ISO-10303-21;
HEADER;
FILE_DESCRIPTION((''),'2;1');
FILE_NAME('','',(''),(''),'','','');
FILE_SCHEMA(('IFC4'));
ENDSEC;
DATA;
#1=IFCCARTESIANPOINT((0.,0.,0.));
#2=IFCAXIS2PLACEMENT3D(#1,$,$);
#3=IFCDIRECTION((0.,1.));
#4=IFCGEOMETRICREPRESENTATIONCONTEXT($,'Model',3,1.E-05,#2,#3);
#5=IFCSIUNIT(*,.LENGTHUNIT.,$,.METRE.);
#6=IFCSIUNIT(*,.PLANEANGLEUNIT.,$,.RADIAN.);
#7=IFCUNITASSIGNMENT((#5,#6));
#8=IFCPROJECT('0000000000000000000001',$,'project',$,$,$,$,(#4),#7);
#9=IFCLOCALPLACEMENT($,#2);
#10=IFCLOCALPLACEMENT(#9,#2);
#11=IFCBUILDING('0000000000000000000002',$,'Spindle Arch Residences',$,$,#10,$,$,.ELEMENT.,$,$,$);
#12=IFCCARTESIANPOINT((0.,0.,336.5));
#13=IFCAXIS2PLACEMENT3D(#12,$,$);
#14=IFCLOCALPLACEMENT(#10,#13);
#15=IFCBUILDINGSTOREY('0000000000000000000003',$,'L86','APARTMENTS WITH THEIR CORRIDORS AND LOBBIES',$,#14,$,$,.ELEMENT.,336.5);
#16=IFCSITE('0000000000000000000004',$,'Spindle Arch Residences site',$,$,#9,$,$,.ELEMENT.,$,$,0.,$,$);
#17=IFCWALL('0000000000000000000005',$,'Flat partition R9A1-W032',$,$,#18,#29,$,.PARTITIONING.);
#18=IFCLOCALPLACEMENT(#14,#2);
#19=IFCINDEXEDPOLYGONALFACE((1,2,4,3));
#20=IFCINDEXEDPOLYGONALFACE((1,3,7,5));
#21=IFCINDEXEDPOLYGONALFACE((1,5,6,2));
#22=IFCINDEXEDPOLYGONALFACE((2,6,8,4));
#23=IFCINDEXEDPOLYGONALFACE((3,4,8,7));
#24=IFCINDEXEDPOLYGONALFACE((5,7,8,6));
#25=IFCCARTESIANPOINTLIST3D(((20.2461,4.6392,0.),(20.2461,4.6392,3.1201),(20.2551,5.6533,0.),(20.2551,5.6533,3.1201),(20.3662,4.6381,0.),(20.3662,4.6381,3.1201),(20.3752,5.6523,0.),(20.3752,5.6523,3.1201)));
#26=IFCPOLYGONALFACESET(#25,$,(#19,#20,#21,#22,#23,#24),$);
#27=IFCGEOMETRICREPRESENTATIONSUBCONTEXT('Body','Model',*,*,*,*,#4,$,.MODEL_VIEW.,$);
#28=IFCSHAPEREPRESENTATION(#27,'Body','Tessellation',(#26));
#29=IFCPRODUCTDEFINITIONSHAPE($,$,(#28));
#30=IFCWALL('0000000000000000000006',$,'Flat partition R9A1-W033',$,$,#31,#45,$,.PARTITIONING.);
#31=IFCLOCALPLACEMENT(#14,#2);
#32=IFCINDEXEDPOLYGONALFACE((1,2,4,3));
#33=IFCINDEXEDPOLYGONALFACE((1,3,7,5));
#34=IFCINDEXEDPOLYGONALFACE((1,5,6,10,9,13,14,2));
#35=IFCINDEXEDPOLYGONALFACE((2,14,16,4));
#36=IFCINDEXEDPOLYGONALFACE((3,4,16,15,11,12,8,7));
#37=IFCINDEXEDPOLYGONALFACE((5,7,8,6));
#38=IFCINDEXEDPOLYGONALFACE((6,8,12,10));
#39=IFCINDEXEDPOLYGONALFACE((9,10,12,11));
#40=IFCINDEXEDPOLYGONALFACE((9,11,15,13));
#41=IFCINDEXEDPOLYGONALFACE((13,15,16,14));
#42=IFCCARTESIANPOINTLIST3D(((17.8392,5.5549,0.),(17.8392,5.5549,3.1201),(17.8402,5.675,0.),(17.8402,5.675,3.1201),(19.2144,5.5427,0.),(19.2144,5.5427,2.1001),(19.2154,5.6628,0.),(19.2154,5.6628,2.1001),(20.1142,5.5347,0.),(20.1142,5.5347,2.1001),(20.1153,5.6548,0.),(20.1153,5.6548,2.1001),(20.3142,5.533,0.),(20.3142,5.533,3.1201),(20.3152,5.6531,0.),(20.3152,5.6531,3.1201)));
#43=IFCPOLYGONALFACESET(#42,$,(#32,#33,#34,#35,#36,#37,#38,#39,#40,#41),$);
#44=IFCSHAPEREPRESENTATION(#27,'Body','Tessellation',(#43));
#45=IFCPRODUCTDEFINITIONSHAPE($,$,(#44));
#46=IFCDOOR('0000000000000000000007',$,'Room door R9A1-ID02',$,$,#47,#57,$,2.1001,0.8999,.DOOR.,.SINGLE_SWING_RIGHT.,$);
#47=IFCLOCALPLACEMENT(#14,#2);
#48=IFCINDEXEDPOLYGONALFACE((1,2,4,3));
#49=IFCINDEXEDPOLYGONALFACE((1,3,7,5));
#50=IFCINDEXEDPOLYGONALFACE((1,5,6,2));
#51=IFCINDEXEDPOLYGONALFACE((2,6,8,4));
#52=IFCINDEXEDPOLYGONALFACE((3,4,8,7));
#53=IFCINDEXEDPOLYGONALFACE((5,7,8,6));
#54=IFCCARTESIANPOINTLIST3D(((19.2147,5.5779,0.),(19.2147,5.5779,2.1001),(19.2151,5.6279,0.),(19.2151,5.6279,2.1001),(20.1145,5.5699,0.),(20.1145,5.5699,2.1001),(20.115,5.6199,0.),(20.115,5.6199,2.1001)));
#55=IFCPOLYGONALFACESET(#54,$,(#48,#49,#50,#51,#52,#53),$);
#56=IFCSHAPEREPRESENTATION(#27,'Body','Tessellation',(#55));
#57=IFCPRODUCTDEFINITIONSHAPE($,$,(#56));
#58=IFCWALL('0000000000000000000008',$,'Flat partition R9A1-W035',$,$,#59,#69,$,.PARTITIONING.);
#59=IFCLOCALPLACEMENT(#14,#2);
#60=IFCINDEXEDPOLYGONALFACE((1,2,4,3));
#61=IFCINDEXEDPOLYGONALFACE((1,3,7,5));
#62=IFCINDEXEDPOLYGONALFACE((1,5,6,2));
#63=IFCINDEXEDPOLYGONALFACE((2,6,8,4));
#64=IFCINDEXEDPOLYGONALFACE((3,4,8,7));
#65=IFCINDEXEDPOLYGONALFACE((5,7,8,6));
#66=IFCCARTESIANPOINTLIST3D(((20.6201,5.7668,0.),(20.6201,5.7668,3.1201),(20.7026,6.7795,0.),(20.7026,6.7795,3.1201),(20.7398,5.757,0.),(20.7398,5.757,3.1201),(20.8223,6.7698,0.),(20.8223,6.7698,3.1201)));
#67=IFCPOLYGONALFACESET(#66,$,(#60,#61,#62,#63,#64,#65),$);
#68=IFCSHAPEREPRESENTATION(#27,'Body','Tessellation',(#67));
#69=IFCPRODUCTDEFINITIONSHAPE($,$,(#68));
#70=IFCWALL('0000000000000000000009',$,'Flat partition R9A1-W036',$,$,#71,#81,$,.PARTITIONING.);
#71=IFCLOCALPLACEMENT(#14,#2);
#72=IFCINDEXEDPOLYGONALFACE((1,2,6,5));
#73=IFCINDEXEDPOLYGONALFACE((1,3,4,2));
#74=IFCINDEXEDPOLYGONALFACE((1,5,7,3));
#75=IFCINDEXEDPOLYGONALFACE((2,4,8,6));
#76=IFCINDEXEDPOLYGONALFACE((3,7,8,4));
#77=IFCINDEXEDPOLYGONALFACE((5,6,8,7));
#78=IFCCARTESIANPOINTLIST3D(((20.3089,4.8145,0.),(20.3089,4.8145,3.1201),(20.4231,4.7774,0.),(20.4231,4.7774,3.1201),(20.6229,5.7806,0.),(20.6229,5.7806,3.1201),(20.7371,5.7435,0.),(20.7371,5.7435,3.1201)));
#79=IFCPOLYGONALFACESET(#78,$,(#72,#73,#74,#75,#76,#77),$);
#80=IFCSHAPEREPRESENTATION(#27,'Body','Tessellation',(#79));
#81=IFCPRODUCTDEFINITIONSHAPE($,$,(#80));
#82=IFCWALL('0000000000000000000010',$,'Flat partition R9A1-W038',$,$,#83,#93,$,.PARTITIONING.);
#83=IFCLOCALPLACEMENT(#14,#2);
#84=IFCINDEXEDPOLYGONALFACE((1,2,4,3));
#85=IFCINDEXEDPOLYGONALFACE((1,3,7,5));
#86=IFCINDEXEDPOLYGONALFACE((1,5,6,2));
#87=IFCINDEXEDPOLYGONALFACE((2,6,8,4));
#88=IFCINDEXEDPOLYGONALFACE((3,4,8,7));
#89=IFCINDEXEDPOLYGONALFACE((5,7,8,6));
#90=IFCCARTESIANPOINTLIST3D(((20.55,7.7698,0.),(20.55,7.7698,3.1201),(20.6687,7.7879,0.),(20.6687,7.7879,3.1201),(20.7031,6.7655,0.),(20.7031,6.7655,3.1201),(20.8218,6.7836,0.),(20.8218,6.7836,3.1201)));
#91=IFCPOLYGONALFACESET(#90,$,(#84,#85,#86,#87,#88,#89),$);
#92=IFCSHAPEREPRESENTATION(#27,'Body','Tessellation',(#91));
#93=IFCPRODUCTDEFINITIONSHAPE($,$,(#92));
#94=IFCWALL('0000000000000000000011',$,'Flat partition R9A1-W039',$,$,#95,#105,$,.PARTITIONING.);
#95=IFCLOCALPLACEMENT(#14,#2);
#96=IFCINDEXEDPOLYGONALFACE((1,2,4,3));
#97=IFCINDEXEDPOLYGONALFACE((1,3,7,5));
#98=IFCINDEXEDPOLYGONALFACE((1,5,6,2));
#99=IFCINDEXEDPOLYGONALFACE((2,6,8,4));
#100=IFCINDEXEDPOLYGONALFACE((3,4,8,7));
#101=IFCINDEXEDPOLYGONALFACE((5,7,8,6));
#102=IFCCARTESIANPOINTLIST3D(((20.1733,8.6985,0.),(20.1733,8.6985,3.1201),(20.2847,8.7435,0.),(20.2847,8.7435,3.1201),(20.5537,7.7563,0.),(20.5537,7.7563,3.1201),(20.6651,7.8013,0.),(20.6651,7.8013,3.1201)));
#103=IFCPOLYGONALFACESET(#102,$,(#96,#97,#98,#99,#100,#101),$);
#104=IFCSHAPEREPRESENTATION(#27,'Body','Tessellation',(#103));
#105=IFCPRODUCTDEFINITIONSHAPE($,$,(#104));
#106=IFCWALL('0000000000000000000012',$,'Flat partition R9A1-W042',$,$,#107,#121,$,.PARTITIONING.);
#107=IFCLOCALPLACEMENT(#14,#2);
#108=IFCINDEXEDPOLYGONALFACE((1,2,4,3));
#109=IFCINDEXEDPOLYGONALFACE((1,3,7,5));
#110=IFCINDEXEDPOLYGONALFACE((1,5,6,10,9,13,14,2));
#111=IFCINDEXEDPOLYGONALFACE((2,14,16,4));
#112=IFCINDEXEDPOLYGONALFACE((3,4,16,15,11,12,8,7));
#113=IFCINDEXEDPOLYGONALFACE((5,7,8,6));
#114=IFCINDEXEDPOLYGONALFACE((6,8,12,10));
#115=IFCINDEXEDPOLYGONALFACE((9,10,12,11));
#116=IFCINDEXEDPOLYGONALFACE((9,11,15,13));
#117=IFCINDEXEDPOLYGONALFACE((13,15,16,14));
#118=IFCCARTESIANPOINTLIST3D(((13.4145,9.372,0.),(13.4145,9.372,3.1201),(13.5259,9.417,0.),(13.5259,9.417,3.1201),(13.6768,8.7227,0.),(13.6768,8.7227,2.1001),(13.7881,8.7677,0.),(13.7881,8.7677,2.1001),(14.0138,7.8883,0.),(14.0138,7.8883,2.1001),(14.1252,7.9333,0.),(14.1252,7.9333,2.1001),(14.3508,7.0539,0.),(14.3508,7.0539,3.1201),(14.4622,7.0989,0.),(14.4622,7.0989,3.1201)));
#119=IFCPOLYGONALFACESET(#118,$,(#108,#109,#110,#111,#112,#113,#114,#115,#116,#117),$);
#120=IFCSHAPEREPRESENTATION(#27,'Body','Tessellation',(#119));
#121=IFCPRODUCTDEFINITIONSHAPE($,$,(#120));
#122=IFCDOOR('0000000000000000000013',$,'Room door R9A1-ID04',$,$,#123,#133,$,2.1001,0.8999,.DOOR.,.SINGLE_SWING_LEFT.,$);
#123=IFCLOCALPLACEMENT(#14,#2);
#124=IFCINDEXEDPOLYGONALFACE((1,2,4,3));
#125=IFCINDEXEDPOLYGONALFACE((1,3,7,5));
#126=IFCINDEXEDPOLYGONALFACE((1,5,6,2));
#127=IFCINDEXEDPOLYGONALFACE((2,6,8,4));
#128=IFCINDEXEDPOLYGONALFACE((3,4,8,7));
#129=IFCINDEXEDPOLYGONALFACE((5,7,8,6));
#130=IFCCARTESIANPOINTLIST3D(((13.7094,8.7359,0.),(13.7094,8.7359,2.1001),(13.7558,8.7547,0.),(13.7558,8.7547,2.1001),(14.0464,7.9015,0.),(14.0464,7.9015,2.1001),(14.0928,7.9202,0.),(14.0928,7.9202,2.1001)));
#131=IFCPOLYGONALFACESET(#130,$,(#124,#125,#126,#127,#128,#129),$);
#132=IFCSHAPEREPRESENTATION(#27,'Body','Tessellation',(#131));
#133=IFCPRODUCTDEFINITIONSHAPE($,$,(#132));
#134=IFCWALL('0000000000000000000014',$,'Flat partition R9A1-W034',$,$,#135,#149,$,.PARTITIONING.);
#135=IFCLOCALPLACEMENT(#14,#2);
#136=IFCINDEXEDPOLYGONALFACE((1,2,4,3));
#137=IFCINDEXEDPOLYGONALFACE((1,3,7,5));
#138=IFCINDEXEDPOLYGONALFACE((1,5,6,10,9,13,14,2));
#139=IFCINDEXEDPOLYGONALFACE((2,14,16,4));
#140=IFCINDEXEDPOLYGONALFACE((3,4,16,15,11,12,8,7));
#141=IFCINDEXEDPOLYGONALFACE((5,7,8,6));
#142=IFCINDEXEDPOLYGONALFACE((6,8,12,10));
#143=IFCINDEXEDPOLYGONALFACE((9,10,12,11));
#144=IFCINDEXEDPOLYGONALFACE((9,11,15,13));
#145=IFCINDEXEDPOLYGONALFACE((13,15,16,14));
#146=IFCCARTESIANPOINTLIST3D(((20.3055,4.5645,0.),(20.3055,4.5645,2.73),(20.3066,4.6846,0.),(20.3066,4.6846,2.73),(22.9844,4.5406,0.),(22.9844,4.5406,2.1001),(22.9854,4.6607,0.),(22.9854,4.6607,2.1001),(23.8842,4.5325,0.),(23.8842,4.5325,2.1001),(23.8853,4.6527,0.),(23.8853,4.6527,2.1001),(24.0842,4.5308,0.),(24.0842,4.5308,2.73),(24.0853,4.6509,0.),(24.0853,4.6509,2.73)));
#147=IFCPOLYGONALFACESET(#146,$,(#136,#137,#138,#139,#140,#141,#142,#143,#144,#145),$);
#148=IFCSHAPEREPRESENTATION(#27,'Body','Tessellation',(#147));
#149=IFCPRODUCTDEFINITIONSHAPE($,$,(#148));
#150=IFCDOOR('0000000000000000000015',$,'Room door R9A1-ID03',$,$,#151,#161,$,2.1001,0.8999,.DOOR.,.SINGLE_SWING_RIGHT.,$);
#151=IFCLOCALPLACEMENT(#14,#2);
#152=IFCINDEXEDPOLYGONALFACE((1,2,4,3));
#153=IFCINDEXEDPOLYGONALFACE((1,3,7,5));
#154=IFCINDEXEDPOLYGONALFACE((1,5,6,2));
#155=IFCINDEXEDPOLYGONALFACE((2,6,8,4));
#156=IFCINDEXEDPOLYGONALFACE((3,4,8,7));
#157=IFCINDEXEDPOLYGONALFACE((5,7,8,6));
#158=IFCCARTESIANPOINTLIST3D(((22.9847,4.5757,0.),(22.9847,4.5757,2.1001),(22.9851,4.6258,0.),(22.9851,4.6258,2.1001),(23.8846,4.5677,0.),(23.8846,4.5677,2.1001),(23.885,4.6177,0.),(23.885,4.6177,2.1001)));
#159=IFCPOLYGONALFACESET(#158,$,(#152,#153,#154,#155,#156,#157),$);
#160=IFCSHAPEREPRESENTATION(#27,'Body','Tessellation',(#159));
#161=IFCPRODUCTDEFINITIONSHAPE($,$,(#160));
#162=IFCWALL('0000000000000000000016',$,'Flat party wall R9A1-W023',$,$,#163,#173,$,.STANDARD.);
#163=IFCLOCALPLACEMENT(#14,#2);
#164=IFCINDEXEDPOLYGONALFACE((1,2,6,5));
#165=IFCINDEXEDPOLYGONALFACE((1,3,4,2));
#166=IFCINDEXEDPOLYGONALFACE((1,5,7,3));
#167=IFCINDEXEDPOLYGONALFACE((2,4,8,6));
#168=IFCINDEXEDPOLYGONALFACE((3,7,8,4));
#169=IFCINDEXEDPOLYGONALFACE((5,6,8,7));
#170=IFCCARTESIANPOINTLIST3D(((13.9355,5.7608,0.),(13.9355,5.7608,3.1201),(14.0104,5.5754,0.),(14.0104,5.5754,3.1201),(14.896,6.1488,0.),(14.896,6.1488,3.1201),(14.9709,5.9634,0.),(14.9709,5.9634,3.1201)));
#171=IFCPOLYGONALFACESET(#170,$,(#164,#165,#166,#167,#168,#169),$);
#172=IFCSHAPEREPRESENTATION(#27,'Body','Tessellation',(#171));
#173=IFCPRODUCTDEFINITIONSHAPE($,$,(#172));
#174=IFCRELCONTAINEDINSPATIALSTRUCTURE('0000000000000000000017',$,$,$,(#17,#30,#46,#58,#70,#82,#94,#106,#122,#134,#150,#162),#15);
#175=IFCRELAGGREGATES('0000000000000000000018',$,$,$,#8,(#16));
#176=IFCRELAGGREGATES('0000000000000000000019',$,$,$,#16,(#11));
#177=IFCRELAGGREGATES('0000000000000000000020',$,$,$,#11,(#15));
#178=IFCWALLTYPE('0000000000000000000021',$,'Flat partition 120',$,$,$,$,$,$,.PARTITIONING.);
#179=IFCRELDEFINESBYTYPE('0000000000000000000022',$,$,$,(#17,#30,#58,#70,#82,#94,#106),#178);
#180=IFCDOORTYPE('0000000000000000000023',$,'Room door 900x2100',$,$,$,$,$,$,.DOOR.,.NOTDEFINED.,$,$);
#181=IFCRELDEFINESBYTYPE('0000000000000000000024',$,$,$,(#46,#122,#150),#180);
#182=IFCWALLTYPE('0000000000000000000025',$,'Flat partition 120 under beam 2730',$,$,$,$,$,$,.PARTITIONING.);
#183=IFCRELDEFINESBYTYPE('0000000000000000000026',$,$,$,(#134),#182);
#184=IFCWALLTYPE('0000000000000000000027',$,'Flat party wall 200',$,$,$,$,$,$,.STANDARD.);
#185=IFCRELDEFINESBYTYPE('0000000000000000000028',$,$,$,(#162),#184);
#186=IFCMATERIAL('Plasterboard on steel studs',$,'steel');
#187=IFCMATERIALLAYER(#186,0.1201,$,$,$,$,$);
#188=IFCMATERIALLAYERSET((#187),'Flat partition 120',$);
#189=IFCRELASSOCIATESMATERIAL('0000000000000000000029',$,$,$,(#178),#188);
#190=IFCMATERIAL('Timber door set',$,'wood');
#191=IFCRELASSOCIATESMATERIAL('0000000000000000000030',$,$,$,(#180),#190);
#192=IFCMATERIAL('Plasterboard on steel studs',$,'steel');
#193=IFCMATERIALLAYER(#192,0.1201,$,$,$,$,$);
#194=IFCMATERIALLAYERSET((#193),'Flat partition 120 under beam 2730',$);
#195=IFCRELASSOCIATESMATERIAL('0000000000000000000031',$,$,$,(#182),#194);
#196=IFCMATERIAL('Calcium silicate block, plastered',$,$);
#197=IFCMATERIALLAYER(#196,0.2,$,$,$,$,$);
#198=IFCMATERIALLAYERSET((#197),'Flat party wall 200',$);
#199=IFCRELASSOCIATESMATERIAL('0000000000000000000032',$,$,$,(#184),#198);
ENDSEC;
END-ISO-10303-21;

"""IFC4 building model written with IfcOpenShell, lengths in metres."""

from ifc_helpers import new_model, si_unit, direction, frame, frame_2d, origin, place, context, subcontext, project, spatial, rectangle, extrude, material, layer, layer_set, type_object, element, fill, save


model = new_model("IFC4")

# Units and contexts
model_context = context("Model", 3, precision=1e-05, world=origin(), true_north=direction((0.0, 1.0)))
body_context = subcontext(model_context, "Body", "Model", "MODEL_VIEW")
ifc_project = project(units=[si_unit("LENGTHUNIT", "METRE"), si_unit("PLANEANGLEUNIT", "RADIAN")], contexts=[model_context])

# Site, building, storey
site_placement = place(None, origin())
site = spatial("IfcSite", under=ifc_project, at=site_placement, Name="Spindle Arch Residences site", CompositionType="ELEMENT", RefElevation=0.0)
building_placement = place(site_placement, origin())
building = spatial("IfcBuilding", under=site, at=building_placement, Name="Spindle Arch Residences", CompositionType="ELEMENT")
storey_placement = place(building_placement, frame((0.0, 0.0, 336.5)))
storey = spatial("IfcBuildingStorey", under=building, at=storey_placement, Name="L86", Description="APARTMENTS WITH THEIR CORRIDORS AND LOBBIES", CompositionType="ELEMENT", Elevation=336.5)

# Shared definitions
ifc_material_1 = material(Name="Plasterboard on steel studs", Category="steel")
ifc_layer_1 = layer(ifc_material_1, 0.1201)
ifc_layer_set_1 = layer_set([ifc_layer_1], Name="Flat partition 120")
wall_type_1 = type_object("IfcWallType", Name="Flat partition 120", PredefinedType="PARTITIONING", material=ifc_layer_set_1)

# Shared definitions
ifc_material_2 = material(Name="Timber door set", Category="wood")
door_type = type_object("IfcDoorType", Name="Room door 900x2100", OperationType="NOTDEFINED", PredefinedType="DOOR", material=ifc_material_2)

# Wall
wall_1_placement = place(storey_placement, frame((20.3062, 4.6387, 0.0), z_axis=(0.0, 0.0, 1.0), x_axis=(0.008907, 0.99996, 0.0)))
element("IfcWall", 1, at=wall_1_placement, inside=storey, type_object=wall_type_1, Name="Flat partition R9A1-W032", PredefinedType="PARTITIONING", context=body_context, shape_type="SweptSolid", body=[
    extrude(rectangle(XDim=1.0142, YDim=0.1201, at=frame_2d((0.5071, 0.0))), origin(), (0.0, 0.0, 1.0), 3.1201),
])

# Wall, opening, door
wall_2_placement = place(storey_placement, frame((20.3147, 5.593, 0.0), z_axis=(0.0, 0.0, 1.0), x_axis=(-0.999961, 0.008877, 0.0)))
wall_2 = element("IfcWall", 2, at=wall_2_placement, inside=storey, type_object=wall_type_1, Name="Flat partition R9A1-W033", PredefinedType="PARTITIONING", context=body_context, shape_type="SweptSolid", body=[
    extrude(rectangle(XDim=2.4751, YDim=0.1201, at=frame_2d((1.2375, 0.0))), origin(), (0.0, 0.0, 1.0), 3.1201),
])
opening_1_placement = place(wall_2_placement, frame((0.2, 0.0, 0.0)))
opening_1 = element("IfcOpeningElement", 3, at=opening_1_placement, cuts=wall_2, PredefinedType="OPENING", context=body_context, shape_type="SweptSolid", body=[
    extrude(rectangle(XDim=0.8999, YDim=2.1001, at=frame_2d((0.45, 1.05))), frame((0.0, 0.0701, 0.0), z_axis=(0.0, -1.0, 0.0), x_axis=(1.0, 0.0, 0.0)), (0.0, 0.0, 1.0), 0.1401),
])
door_1_placement = place(opening_1_placement, origin())
door_1 = element("IfcDoor", 4, at=door_1_placement, inside=storey, type_object=door_type, Name="Room door R9A1-ID02", OperationType="SINGLE_SWING_RIGHT", OverallHeight=2.1001, OverallWidth=0.8999, PredefinedType="DOOR", context=body_context, shape_type="SweptSolid", body=[
    extrude(rectangle(XDim=0.8999, YDim=2.1001, at=frame_2d((0.45, 1.05))), frame((0.0, 0.0249, 0.0), z_axis=(0.0, -1.0, 0.0), x_axis=(1.0, 0.0, 0.0)), (0.0, 0.0, 1.0), 0.05),
])
fill(opening_1, door_1)

# Walls
wall_3_placement = place(storey_placement, frame((20.7625, 6.7747, 0.0), z_axis=(0.0, 0.0, 1.0), x_axis=(-0.081216, -0.996697, 0.0)))
element("IfcWall", 5, at=wall_3_placement, inside=storey, type_object=wall_type_1, Name="Flat partition R9A1-W035", PredefinedType="PARTITIONING", context=body_context, shape_type="SweptSolid", body=[
    extrude(rectangle(XDim=1.0161, YDim=0.1201, at=frame_2d((0.5081, 0.0))), origin(), (0.0, 0.0, 1.0), 3.1201),
])
for number, where, z_axis, x_axis, name in (
    (6, (20.6799, 5.762, 0.0), (0.0, 0.0, 1.0), (-0.309081, -0.951036, 0.0), "Flat partition R9A1-W036"),
    (7, (20.7625, 6.7747, 0.0), (0.0, 0.0, 1.0), (-0.150702, 0.988579, 0.0), "Flat partition R9A1-W038"),
):
    element("IfcWall", number, at=place(storey_placement, frame(where, z_axis=z_axis, x_axis=x_axis)), inside=storey, type_object=wall_type_1, Name=name, PredefinedType="PARTITIONING", context=body_context, shape_type="SweptSolid", body=[
        extrude(rectangle(XDim=1.0159, YDim=0.1201, at=frame_2d((0.5078, 0.0))), origin(), (0.0, 0.0, 1.0), 3.1201),
    ])
wall_4_placement = place(storey_placement, frame((20.6094, 7.7788, 0.0), z_axis=(0.0, 0.0, 1.0), x_axis=(-0.374372, 0.927279, 0.0)))
element("IfcWall", 8, at=wall_4_placement, inside=storey, type_object=wall_type_1, Name="Flat partition R9A1-W039", PredefinedType="PARTITIONING", context=body_context, shape_type="SweptSolid", body=[
    extrude(rectangle(XDim=1.0161, YDim=0.1201, at=frame_2d((0.5081, 0.0))), origin(), (0.0, 0.0, 1.0), 3.1201),
])

# Walls, openings, doors
wall_5_placement = place(storey_placement, frame((14.4065, 7.0764, 0.0), z_axis=(0.0, 0.0, 1.0), x_axis=(-0.374503, 0.927226, 0.0)))
wall_5 = element("IfcWall", 9, at=wall_5_placement, inside=storey, type_object=wall_type_1, Name="Flat partition R9A1-W042", PredefinedType="PARTITIONING", context=body_context, shape_type="SweptSolid", body=[
    extrude(rectangle(XDim=2.5, YDim=0.1201, at=frame_2d((1.25, 0.0))), origin(), (0.0, 0.0, 1.0), 3.1201),
])
opening_2_placement = place(wall_5_placement, frame((0.8999, 0.0, 0.0)))
opening_2 = element("IfcOpeningElement", 10, at=opening_2_placement, cuts=wall_5, PredefinedType="OPENING", context=body_context, shape_type="SweptSolid", body=[
    extrude(rectangle(XDim=0.8999, YDim=2.1001, at=frame_2d((0.45, 1.05))), frame((0.0, 0.0701, 0.0), z_axis=(0.0, -1.0, 0.0), x_axis=(1.0, 0.0, 0.0)), (0.0, 0.0, 1.0), 0.1401),
])
door_2_placement = place(opening_2_placement, origin())
door_2 = element("IfcDoor", 11, at=door_2_placement, inside=storey, type_object=door_type, Name="Room door R9A1-ID04", OperationType="SINGLE_SWING_LEFT", OverallHeight=2.1001, OverallWidth=0.8999, PredefinedType="DOOR", context=body_context, shape_type="SweptSolid", body=[
    extrude(rectangle(XDim=0.8999, YDim=2.1001, at=frame_2d((0.45, 1.05))), frame((0.0, 0.0249, 0.0), z_axis=(0.0, -1.0, 0.0), x_axis=(1.0, 0.0, 0.0)), (0.0, 0.0, 1.0), 0.05),
])
fill(opening_2, door_2)
ifc_material_3 = material(Name="Plasterboard on steel studs", Category="steel")
ifc_layer_2 = layer(ifc_material_3, 0.1201)
ifc_layer_set_2 = layer_set([ifc_layer_2], Name="Flat partition 120 under beam 2730")
wall_type_2 = type_object("IfcWallType", Name="Flat partition 120 under beam 2730", PredefinedType="PARTITIONING", material=ifc_layer_set_2)
wall_6_placement = place(storey_placement, frame((24.0847, 4.5908, 0.0), z_axis=(0.0, 0.0, 1.0), x_axis=(-0.99996, 0.008916, 0.0)))
wall_6 = element("IfcWall", 12, at=wall_6_placement, inside=storey, type_object=wall_type_2, Name="Flat partition R9A1-W034", PredefinedType="PARTITIONING", context=body_context, shape_type="SweptSolid", body=[
    extrude(rectangle(XDim=3.7788, YDim=0.1201, at=frame_2d((1.8894, 0.0))), origin(), (0.0, 0.0, 1.0), 2.73),
])
opening_3_placement = place(wall_6_placement, frame((0.2, 0.0, 0.0)))
opening_3 = element("IfcOpeningElement", 13, at=opening_3_placement, cuts=wall_6, PredefinedType="OPENING", context=body_context, shape_type="SweptSolid", body=[
    extrude(rectangle(XDim=0.8999, YDim=2.1001, at=frame_2d((0.45, 1.05))), frame((0.0, 0.0701, 0.0), z_axis=(0.0, -1.0, 0.0), x_axis=(1.0, 0.0, 0.0)), (0.0, 0.0, 1.0), 0.1401),
])
door_3_placement = place(opening_3_placement, origin())
door_3 = element("IfcDoor", 14, at=door_3_placement, inside=storey, type_object=door_type, Name="Room door R9A1-ID03", OperationType="SINGLE_SWING_RIGHT", OverallHeight=2.1001, OverallWidth=0.8999, PredefinedType="DOOR", context=body_context, shape_type="SweptSolid", body=[
    extrude(rectangle(XDim=0.8999, YDim=2.1001, at=frame_2d((0.45, 1.05))), frame((0.0, 0.0249, 0.0), z_axis=(0.0, -1.0, 0.0), x_axis=(1.0, 0.0, 0.0)), (0.0, 0.0, 1.0), 0.05),
])
fill(opening_3, door_3)

# Wall
ifc_material_4 = material(Name="Calcium silicate block, plastered")
ifc_layer_3 = layer(ifc_material_4, 0.2)
ifc_layer_set_3 = layer_set([ifc_layer_3], Name="Flat party wall 200")
wall_type_3 = type_object("IfcWallType", Name="Flat party wall 200", PredefinedType="STANDARD", material=ifc_layer_set_3)
wall_7_placement = place(storey_placement, frame((14.9336, 6.0562, 0.0), z_axis=(0.0, 0.0, 1.0), x_axis=(-0.92722, -0.374518, 0.0)))
element("IfcWall", 15, at=wall_7_placement, inside=storey, type_object=wall_type_3, Name="Flat party wall R9A1-W023", PredefinedType="STANDARD", context=body_context, shape_type="SweptSolid", body=[
    extrude(rectangle(XDim=1.0359, YDim=0.2, at=frame_2d((0.5181, 0.0))), origin(), (0.0, 0.0, 1.0), 3.1201),
])

save(model, "model.ifc")
